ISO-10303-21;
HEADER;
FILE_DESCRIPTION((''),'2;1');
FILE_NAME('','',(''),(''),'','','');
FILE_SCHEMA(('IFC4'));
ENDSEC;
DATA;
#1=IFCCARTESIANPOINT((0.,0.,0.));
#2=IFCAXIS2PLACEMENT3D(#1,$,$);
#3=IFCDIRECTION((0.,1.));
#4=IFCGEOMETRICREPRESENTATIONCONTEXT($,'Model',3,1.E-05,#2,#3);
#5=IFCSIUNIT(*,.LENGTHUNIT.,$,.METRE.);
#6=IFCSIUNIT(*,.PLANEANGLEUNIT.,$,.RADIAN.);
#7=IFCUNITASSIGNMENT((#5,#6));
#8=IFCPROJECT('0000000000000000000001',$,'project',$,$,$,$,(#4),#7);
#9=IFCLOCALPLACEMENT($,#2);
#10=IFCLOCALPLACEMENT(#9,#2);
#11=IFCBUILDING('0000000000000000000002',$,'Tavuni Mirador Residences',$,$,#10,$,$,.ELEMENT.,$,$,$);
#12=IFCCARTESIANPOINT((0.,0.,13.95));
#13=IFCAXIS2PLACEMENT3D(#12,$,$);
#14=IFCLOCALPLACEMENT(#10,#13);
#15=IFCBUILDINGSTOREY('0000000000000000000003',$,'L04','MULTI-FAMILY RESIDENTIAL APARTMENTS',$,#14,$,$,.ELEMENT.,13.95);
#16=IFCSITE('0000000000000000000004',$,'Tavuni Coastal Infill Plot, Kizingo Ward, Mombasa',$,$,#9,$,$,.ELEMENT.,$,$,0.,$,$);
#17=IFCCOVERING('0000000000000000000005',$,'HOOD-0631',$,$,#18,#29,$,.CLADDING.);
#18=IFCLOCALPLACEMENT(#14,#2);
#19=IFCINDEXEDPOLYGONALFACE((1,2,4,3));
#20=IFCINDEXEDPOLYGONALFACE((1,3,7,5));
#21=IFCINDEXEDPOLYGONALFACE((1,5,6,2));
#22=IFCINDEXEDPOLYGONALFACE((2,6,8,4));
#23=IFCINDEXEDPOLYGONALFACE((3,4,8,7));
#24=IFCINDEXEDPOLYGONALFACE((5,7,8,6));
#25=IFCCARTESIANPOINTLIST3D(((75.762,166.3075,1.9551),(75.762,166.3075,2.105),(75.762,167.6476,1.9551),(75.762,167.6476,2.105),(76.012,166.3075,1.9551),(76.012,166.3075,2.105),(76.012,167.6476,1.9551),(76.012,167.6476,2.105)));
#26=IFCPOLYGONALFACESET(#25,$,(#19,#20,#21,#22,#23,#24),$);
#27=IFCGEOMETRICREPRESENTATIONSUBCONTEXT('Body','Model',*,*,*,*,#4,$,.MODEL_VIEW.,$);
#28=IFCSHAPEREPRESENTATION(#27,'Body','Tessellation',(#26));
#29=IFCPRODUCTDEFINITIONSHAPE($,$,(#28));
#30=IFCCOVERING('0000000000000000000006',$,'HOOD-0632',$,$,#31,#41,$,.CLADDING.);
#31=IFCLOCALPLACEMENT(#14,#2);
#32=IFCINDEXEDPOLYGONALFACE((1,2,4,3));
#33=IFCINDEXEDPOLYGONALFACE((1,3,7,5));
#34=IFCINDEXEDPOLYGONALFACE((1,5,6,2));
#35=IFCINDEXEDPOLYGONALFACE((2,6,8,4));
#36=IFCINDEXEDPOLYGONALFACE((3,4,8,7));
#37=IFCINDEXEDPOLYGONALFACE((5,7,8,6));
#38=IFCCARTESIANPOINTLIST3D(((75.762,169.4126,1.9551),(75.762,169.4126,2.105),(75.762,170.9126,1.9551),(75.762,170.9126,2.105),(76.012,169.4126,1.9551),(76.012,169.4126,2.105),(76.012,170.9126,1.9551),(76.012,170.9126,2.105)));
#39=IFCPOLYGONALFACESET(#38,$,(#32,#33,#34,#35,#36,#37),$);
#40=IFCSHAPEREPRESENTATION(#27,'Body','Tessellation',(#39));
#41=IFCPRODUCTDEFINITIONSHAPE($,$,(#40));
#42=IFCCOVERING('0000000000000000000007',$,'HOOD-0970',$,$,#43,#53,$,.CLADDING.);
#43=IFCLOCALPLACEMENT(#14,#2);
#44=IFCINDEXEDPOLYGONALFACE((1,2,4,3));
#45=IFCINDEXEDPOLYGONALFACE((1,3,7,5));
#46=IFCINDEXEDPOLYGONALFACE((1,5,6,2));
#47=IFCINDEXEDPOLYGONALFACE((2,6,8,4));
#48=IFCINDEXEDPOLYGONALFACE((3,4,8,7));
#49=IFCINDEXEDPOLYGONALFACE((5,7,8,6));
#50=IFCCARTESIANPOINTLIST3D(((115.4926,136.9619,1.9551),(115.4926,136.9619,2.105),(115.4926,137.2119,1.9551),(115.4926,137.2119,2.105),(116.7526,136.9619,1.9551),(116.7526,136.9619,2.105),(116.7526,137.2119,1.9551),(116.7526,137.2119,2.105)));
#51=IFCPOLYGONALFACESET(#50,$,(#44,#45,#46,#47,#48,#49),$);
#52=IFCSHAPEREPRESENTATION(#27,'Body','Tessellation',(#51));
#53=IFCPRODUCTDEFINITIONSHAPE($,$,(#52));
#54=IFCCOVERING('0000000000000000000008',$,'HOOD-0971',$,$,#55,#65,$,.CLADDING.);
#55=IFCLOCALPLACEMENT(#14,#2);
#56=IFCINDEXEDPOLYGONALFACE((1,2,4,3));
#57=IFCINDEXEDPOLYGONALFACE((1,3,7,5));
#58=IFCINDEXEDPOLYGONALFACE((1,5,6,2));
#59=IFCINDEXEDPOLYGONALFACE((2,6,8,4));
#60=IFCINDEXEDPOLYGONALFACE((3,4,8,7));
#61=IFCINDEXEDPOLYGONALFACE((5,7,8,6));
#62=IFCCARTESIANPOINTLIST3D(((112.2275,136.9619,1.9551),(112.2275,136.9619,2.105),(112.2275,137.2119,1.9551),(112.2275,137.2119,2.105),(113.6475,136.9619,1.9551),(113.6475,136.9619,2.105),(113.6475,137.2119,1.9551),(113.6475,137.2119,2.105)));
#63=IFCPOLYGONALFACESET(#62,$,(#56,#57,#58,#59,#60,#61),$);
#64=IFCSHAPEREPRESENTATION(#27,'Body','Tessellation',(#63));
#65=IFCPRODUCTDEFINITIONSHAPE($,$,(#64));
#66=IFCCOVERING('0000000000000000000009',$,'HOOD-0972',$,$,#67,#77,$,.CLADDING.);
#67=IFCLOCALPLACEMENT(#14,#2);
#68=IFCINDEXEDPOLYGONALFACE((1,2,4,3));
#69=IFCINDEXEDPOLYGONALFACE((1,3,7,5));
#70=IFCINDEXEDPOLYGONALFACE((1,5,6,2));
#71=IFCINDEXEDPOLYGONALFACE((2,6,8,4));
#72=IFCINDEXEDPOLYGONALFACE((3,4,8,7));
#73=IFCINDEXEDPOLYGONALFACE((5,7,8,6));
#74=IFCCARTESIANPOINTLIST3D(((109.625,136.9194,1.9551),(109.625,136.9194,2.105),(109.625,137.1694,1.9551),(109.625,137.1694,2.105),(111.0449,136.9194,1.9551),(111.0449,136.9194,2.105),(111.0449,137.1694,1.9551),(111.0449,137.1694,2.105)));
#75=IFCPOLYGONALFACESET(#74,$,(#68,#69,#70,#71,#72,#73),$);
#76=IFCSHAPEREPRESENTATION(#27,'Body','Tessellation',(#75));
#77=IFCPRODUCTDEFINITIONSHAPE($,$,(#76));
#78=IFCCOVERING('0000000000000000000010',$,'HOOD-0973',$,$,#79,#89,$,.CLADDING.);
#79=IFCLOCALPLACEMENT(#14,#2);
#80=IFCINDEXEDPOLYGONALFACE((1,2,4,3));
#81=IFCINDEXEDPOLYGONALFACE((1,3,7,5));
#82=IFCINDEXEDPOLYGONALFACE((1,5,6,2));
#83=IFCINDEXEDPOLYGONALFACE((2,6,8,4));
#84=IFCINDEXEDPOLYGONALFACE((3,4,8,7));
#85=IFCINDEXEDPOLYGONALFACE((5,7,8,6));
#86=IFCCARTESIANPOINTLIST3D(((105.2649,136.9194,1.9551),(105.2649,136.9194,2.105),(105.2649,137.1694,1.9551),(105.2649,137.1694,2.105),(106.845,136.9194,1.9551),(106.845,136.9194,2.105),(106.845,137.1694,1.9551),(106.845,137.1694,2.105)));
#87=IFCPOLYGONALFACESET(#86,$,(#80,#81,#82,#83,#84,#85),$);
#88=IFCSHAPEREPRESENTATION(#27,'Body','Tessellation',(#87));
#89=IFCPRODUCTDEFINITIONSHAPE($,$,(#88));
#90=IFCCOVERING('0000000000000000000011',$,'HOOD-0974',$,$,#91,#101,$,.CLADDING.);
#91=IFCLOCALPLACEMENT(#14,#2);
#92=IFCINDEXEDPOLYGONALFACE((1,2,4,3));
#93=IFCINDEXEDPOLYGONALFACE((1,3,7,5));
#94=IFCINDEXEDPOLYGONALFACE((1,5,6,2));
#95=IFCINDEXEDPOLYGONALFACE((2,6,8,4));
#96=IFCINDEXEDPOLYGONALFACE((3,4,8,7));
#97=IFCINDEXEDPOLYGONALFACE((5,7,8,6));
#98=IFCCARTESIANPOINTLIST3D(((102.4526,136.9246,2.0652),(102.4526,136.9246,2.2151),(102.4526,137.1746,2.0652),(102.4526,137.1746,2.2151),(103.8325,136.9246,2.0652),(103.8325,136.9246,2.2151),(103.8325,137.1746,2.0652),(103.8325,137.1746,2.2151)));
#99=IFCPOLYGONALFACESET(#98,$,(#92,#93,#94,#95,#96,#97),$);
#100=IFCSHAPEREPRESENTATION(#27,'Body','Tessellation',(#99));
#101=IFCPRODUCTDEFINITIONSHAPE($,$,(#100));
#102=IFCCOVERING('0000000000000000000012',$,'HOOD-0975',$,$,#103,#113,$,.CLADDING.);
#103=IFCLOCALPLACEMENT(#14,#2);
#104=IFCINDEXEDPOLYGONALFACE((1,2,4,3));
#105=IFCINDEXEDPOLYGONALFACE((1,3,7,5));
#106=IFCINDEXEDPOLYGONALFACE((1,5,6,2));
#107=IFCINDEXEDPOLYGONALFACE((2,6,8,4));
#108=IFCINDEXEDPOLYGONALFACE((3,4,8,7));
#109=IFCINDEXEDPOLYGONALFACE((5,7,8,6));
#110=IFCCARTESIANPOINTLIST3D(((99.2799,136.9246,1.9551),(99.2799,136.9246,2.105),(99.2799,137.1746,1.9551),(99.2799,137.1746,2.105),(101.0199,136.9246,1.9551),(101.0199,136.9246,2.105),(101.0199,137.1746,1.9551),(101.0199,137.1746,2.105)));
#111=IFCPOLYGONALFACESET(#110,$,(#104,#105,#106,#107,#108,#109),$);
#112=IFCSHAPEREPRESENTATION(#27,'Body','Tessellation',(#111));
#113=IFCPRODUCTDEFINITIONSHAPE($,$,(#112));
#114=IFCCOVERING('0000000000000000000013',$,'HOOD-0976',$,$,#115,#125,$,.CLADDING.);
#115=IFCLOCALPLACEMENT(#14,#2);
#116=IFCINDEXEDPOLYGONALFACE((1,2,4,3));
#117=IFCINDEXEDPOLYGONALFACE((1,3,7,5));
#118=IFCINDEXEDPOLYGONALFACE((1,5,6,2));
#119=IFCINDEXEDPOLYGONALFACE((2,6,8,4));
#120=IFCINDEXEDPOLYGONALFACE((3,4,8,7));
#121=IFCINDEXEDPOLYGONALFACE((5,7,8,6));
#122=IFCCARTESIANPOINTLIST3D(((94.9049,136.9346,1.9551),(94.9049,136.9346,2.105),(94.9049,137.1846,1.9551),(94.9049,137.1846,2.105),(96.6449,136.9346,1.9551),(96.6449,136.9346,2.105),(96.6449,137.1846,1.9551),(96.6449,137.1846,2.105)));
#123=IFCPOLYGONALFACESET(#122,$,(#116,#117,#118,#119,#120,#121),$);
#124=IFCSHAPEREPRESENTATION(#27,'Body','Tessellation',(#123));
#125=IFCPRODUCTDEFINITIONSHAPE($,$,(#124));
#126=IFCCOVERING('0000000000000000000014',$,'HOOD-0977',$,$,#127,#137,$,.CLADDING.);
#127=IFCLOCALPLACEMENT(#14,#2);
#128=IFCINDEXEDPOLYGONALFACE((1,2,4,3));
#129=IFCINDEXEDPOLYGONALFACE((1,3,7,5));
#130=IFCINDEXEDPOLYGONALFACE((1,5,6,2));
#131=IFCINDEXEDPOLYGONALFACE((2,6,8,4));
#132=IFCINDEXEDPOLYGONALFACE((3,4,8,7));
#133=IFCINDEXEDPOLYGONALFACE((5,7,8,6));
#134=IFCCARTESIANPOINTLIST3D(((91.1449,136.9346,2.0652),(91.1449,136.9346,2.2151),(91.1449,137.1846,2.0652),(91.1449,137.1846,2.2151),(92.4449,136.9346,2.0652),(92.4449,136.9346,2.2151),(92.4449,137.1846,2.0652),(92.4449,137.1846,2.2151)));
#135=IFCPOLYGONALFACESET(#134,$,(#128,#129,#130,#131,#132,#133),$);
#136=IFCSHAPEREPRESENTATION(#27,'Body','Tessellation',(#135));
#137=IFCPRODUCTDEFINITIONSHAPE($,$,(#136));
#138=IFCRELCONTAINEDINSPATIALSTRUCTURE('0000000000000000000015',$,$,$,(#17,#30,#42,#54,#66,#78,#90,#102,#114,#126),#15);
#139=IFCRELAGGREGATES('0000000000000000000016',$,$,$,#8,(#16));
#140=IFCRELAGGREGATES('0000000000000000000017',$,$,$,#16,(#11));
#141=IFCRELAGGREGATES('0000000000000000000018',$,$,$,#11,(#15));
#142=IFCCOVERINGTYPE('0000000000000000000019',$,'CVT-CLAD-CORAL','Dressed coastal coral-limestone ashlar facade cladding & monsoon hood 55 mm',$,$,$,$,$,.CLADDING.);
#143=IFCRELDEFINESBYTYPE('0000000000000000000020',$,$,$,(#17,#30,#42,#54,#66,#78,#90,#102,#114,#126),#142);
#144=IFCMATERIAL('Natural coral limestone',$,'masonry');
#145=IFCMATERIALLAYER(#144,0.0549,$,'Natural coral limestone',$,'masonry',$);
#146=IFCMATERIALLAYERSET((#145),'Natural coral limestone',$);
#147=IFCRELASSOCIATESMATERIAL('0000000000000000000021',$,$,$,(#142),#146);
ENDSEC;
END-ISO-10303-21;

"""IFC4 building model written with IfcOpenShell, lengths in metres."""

from ifc_helpers import new_model, si_unit, direction, frame, origin, origin_2d, place, context, subcontext, project, spatial, rectangle, extrude, material, layer, layer_set, type_object, element, save


model = new_model("IFC4")

# Units and contexts
model_context = context("Model", 3, precision=1e-05, world=origin(), true_north=direction((0.0, 1.0)))
body_context = subcontext(model_context, "Body", "Model", "MODEL_VIEW")
ifc_project = project(units=[si_unit("LENGTHUNIT", "METRE"), si_unit("PLANEANGLEUNIT", "RADIAN")], contexts=[model_context])

# Site, building, storey
site_placement = place(None, origin())
site = spatial("IfcSite", under=ifc_project, at=site_placement, Name="Tavuni Coastal Infill Plot, Kizingo Ward, Mombasa", CompositionType="ELEMENT", RefElevation=0.0)
building_placement = place(site_placement, origin())
building = spatial("IfcBuilding", under=site, at=building_placement, Name="Tavuni Mirador Residences", CompositionType="ELEMENT")
storey_placement = place(building_placement, frame((0.0, 0.0, 13.95)))
storey = spatial("IfcBuildingStorey", under=building, at=storey_placement, Name="L04", Description="MULTI-FAMILY RESIDENTIAL APARTMENTS", CompositionType="ELEMENT", Elevation=13.95)

# Coverings
ifc_material_1 = material(Name="Natural coral limestone", Category="masonry")
ifc_layer_1 = layer(ifc_material_1, 0.0549, Name="Natural coral limestone", Category="masonry")
ifc_layer_set_1 = layer_set([ifc_layer_1], Name="Natural coral limestone")
covering_type = type_object("IfcCoveringType", Name="CVT-CLAD-CORAL", Description="Dressed coastal coral-limestone ashlar facade cladding & monsoon hood 55 mm", PredefinedType="CLADDING", material=ifc_layer_set_1)
covering_1_placement = place(storey_placement, frame((75.887, 166.9775, 1.9551), z_axis=(0.0, 0.0, 1.0), x_axis=(0.0, 1.0, 0.0)))
element("IfcCovering", 1, at=covering_1_placement, inside=storey, type_object=covering_type, Name="HOOD-0631", PredefinedType="CLADDING", context=body_context, shape_type="SweptSolid", body=[
    extrude(rectangle(XDim=1.3401, YDim=0.25, at=origin_2d()), origin(), (0.0, 0.0, 1.0), 0.1499),
])
covering_2_placement = place(storey_placement, frame((75.887, 170.1626, 1.9551), z_axis=(0.0, 0.0, 1.0), x_axis=(0.0, 1.0, 0.0)))
element("IfcCovering", 2, at=covering_2_placement, inside=storey, type_object=covering_type, Name="HOOD-0632", PredefinedType="CLADDING", context=body_context, shape_type="SweptSolid", body=[
    extrude(rectangle(XDim=1.5, YDim=0.25, at=origin_2d()), origin(), (0.0, 0.0, 1.0), 0.1499),
])
covering_3_placement = place(storey_placement, frame((116.1226, 137.0869, 1.9551), z_axis=(0.0, 0.0, 1.0), x_axis=(-1.0, 0.0, 0.0)))
element("IfcCovering", 3, at=covering_3_placement, inside=storey, type_object=covering_type, Name="HOOD-0970", PredefinedType="CLADDING", context=body_context, shape_type="SweptSolid", body=[
    extrude(rectangle(XDim=1.26, YDim=0.25, at=origin_2d()), origin(), (0.0, 0.0, 1.0), 0.1499),
])
for number, where, z_axis, x_axis, name in (
    (4, (112.9375, 137.0869, 1.9551), (0.0, 0.0, 1.0), (-1.0, 0.0, 0.0), "HOOD-0971"),
    (5, (110.335, 137.0444, 1.9551), (0.0, 0.0, 1.0), (-1.0, 0.0, 0.0), "HOOD-0972"),
):
    element("IfcCovering", number, at=place(storey_placement, frame(where, z_axis=z_axis, x_axis=x_axis)), inside=storey, type_object=covering_type, Name=name, PredefinedType="CLADDING", context=body_context, shape_type="SweptSolid", body=[
        extrude(rectangle(XDim=1.4199, YDim=0.25, at=origin_2d()), origin(), (0.0, 0.0, 1.0), 0.1499),
    ])
covering_4_placement = place(storey_placement, frame((106.0549, 137.0444, 1.9551), z_axis=(0.0, 0.0, 1.0), x_axis=(-1.0, 0.0, 0.0)))
element("IfcCovering", 6, at=covering_4_placement, inside=storey, type_object=covering_type, Name="HOOD-0973", PredefinedType="CLADDING", context=body_context, shape_type="SweptSolid", body=[
    extrude(rectangle(XDim=1.5801, YDim=0.25, at=origin_2d()), origin(), (0.0, 0.0, 1.0), 0.1499),
])
covering_5_placement = place(storey_placement, frame((103.1426, 137.0496, 2.0652), z_axis=(0.0, 0.0, 1.0), x_axis=(-1.0, 0.0, 0.0)))
element("IfcCovering", 7, at=covering_5_placement, inside=storey, type_object=covering_type, Name="HOOD-0974", PredefinedType="CLADDING", context=body_context, shape_type="SweptSolid", body=[
    extrude(rectangle(XDim=1.3799, YDim=0.25, at=origin_2d()), origin(), (0.0, 0.0, 1.0), 0.1499),
])
for number, where, z_axis, x_axis, name in (
    (8, (100.1499, 137.0496, 1.9551), (0.0, 0.0, 1.0), (-1.0, 0.0, 0.0), "HOOD-0975"),
    (9, (95.7749, 137.0596, 1.9551), (0.0, 0.0, 1.0), (-1.0, 0.0, 0.0), "HOOD-0976"),
):
    element("IfcCovering", number, at=place(storey_placement, frame(where, z_axis=z_axis, x_axis=x_axis)), inside=storey, type_object=covering_type, Name=name, PredefinedType="CLADDING", context=body_context, shape_type="SweptSolid", body=[
        extrude(rectangle(XDim=1.74, YDim=0.25, at=origin_2d()), origin(), (0.0, 0.0, 1.0), 0.1499),
    ])
covering_6_placement = place(storey_placement, frame((91.7949, 137.0596, 2.0652), z_axis=(0.0, 0.0, 1.0), x_axis=(-1.0, 0.0, 0.0)))
element("IfcCovering", 10, at=covering_6_placement, inside=storey, type_object=covering_type, Name="HOOD-0977", PredefinedType="CLADDING", context=body_context, shape_type="SweptSolid", body=[
    extrude(rectangle(XDim=1.3, YDim=0.25, at=origin_2d()), origin(), (0.0, 0.0, 1.0), 0.1499),
])

save(model, "model.ifc")
